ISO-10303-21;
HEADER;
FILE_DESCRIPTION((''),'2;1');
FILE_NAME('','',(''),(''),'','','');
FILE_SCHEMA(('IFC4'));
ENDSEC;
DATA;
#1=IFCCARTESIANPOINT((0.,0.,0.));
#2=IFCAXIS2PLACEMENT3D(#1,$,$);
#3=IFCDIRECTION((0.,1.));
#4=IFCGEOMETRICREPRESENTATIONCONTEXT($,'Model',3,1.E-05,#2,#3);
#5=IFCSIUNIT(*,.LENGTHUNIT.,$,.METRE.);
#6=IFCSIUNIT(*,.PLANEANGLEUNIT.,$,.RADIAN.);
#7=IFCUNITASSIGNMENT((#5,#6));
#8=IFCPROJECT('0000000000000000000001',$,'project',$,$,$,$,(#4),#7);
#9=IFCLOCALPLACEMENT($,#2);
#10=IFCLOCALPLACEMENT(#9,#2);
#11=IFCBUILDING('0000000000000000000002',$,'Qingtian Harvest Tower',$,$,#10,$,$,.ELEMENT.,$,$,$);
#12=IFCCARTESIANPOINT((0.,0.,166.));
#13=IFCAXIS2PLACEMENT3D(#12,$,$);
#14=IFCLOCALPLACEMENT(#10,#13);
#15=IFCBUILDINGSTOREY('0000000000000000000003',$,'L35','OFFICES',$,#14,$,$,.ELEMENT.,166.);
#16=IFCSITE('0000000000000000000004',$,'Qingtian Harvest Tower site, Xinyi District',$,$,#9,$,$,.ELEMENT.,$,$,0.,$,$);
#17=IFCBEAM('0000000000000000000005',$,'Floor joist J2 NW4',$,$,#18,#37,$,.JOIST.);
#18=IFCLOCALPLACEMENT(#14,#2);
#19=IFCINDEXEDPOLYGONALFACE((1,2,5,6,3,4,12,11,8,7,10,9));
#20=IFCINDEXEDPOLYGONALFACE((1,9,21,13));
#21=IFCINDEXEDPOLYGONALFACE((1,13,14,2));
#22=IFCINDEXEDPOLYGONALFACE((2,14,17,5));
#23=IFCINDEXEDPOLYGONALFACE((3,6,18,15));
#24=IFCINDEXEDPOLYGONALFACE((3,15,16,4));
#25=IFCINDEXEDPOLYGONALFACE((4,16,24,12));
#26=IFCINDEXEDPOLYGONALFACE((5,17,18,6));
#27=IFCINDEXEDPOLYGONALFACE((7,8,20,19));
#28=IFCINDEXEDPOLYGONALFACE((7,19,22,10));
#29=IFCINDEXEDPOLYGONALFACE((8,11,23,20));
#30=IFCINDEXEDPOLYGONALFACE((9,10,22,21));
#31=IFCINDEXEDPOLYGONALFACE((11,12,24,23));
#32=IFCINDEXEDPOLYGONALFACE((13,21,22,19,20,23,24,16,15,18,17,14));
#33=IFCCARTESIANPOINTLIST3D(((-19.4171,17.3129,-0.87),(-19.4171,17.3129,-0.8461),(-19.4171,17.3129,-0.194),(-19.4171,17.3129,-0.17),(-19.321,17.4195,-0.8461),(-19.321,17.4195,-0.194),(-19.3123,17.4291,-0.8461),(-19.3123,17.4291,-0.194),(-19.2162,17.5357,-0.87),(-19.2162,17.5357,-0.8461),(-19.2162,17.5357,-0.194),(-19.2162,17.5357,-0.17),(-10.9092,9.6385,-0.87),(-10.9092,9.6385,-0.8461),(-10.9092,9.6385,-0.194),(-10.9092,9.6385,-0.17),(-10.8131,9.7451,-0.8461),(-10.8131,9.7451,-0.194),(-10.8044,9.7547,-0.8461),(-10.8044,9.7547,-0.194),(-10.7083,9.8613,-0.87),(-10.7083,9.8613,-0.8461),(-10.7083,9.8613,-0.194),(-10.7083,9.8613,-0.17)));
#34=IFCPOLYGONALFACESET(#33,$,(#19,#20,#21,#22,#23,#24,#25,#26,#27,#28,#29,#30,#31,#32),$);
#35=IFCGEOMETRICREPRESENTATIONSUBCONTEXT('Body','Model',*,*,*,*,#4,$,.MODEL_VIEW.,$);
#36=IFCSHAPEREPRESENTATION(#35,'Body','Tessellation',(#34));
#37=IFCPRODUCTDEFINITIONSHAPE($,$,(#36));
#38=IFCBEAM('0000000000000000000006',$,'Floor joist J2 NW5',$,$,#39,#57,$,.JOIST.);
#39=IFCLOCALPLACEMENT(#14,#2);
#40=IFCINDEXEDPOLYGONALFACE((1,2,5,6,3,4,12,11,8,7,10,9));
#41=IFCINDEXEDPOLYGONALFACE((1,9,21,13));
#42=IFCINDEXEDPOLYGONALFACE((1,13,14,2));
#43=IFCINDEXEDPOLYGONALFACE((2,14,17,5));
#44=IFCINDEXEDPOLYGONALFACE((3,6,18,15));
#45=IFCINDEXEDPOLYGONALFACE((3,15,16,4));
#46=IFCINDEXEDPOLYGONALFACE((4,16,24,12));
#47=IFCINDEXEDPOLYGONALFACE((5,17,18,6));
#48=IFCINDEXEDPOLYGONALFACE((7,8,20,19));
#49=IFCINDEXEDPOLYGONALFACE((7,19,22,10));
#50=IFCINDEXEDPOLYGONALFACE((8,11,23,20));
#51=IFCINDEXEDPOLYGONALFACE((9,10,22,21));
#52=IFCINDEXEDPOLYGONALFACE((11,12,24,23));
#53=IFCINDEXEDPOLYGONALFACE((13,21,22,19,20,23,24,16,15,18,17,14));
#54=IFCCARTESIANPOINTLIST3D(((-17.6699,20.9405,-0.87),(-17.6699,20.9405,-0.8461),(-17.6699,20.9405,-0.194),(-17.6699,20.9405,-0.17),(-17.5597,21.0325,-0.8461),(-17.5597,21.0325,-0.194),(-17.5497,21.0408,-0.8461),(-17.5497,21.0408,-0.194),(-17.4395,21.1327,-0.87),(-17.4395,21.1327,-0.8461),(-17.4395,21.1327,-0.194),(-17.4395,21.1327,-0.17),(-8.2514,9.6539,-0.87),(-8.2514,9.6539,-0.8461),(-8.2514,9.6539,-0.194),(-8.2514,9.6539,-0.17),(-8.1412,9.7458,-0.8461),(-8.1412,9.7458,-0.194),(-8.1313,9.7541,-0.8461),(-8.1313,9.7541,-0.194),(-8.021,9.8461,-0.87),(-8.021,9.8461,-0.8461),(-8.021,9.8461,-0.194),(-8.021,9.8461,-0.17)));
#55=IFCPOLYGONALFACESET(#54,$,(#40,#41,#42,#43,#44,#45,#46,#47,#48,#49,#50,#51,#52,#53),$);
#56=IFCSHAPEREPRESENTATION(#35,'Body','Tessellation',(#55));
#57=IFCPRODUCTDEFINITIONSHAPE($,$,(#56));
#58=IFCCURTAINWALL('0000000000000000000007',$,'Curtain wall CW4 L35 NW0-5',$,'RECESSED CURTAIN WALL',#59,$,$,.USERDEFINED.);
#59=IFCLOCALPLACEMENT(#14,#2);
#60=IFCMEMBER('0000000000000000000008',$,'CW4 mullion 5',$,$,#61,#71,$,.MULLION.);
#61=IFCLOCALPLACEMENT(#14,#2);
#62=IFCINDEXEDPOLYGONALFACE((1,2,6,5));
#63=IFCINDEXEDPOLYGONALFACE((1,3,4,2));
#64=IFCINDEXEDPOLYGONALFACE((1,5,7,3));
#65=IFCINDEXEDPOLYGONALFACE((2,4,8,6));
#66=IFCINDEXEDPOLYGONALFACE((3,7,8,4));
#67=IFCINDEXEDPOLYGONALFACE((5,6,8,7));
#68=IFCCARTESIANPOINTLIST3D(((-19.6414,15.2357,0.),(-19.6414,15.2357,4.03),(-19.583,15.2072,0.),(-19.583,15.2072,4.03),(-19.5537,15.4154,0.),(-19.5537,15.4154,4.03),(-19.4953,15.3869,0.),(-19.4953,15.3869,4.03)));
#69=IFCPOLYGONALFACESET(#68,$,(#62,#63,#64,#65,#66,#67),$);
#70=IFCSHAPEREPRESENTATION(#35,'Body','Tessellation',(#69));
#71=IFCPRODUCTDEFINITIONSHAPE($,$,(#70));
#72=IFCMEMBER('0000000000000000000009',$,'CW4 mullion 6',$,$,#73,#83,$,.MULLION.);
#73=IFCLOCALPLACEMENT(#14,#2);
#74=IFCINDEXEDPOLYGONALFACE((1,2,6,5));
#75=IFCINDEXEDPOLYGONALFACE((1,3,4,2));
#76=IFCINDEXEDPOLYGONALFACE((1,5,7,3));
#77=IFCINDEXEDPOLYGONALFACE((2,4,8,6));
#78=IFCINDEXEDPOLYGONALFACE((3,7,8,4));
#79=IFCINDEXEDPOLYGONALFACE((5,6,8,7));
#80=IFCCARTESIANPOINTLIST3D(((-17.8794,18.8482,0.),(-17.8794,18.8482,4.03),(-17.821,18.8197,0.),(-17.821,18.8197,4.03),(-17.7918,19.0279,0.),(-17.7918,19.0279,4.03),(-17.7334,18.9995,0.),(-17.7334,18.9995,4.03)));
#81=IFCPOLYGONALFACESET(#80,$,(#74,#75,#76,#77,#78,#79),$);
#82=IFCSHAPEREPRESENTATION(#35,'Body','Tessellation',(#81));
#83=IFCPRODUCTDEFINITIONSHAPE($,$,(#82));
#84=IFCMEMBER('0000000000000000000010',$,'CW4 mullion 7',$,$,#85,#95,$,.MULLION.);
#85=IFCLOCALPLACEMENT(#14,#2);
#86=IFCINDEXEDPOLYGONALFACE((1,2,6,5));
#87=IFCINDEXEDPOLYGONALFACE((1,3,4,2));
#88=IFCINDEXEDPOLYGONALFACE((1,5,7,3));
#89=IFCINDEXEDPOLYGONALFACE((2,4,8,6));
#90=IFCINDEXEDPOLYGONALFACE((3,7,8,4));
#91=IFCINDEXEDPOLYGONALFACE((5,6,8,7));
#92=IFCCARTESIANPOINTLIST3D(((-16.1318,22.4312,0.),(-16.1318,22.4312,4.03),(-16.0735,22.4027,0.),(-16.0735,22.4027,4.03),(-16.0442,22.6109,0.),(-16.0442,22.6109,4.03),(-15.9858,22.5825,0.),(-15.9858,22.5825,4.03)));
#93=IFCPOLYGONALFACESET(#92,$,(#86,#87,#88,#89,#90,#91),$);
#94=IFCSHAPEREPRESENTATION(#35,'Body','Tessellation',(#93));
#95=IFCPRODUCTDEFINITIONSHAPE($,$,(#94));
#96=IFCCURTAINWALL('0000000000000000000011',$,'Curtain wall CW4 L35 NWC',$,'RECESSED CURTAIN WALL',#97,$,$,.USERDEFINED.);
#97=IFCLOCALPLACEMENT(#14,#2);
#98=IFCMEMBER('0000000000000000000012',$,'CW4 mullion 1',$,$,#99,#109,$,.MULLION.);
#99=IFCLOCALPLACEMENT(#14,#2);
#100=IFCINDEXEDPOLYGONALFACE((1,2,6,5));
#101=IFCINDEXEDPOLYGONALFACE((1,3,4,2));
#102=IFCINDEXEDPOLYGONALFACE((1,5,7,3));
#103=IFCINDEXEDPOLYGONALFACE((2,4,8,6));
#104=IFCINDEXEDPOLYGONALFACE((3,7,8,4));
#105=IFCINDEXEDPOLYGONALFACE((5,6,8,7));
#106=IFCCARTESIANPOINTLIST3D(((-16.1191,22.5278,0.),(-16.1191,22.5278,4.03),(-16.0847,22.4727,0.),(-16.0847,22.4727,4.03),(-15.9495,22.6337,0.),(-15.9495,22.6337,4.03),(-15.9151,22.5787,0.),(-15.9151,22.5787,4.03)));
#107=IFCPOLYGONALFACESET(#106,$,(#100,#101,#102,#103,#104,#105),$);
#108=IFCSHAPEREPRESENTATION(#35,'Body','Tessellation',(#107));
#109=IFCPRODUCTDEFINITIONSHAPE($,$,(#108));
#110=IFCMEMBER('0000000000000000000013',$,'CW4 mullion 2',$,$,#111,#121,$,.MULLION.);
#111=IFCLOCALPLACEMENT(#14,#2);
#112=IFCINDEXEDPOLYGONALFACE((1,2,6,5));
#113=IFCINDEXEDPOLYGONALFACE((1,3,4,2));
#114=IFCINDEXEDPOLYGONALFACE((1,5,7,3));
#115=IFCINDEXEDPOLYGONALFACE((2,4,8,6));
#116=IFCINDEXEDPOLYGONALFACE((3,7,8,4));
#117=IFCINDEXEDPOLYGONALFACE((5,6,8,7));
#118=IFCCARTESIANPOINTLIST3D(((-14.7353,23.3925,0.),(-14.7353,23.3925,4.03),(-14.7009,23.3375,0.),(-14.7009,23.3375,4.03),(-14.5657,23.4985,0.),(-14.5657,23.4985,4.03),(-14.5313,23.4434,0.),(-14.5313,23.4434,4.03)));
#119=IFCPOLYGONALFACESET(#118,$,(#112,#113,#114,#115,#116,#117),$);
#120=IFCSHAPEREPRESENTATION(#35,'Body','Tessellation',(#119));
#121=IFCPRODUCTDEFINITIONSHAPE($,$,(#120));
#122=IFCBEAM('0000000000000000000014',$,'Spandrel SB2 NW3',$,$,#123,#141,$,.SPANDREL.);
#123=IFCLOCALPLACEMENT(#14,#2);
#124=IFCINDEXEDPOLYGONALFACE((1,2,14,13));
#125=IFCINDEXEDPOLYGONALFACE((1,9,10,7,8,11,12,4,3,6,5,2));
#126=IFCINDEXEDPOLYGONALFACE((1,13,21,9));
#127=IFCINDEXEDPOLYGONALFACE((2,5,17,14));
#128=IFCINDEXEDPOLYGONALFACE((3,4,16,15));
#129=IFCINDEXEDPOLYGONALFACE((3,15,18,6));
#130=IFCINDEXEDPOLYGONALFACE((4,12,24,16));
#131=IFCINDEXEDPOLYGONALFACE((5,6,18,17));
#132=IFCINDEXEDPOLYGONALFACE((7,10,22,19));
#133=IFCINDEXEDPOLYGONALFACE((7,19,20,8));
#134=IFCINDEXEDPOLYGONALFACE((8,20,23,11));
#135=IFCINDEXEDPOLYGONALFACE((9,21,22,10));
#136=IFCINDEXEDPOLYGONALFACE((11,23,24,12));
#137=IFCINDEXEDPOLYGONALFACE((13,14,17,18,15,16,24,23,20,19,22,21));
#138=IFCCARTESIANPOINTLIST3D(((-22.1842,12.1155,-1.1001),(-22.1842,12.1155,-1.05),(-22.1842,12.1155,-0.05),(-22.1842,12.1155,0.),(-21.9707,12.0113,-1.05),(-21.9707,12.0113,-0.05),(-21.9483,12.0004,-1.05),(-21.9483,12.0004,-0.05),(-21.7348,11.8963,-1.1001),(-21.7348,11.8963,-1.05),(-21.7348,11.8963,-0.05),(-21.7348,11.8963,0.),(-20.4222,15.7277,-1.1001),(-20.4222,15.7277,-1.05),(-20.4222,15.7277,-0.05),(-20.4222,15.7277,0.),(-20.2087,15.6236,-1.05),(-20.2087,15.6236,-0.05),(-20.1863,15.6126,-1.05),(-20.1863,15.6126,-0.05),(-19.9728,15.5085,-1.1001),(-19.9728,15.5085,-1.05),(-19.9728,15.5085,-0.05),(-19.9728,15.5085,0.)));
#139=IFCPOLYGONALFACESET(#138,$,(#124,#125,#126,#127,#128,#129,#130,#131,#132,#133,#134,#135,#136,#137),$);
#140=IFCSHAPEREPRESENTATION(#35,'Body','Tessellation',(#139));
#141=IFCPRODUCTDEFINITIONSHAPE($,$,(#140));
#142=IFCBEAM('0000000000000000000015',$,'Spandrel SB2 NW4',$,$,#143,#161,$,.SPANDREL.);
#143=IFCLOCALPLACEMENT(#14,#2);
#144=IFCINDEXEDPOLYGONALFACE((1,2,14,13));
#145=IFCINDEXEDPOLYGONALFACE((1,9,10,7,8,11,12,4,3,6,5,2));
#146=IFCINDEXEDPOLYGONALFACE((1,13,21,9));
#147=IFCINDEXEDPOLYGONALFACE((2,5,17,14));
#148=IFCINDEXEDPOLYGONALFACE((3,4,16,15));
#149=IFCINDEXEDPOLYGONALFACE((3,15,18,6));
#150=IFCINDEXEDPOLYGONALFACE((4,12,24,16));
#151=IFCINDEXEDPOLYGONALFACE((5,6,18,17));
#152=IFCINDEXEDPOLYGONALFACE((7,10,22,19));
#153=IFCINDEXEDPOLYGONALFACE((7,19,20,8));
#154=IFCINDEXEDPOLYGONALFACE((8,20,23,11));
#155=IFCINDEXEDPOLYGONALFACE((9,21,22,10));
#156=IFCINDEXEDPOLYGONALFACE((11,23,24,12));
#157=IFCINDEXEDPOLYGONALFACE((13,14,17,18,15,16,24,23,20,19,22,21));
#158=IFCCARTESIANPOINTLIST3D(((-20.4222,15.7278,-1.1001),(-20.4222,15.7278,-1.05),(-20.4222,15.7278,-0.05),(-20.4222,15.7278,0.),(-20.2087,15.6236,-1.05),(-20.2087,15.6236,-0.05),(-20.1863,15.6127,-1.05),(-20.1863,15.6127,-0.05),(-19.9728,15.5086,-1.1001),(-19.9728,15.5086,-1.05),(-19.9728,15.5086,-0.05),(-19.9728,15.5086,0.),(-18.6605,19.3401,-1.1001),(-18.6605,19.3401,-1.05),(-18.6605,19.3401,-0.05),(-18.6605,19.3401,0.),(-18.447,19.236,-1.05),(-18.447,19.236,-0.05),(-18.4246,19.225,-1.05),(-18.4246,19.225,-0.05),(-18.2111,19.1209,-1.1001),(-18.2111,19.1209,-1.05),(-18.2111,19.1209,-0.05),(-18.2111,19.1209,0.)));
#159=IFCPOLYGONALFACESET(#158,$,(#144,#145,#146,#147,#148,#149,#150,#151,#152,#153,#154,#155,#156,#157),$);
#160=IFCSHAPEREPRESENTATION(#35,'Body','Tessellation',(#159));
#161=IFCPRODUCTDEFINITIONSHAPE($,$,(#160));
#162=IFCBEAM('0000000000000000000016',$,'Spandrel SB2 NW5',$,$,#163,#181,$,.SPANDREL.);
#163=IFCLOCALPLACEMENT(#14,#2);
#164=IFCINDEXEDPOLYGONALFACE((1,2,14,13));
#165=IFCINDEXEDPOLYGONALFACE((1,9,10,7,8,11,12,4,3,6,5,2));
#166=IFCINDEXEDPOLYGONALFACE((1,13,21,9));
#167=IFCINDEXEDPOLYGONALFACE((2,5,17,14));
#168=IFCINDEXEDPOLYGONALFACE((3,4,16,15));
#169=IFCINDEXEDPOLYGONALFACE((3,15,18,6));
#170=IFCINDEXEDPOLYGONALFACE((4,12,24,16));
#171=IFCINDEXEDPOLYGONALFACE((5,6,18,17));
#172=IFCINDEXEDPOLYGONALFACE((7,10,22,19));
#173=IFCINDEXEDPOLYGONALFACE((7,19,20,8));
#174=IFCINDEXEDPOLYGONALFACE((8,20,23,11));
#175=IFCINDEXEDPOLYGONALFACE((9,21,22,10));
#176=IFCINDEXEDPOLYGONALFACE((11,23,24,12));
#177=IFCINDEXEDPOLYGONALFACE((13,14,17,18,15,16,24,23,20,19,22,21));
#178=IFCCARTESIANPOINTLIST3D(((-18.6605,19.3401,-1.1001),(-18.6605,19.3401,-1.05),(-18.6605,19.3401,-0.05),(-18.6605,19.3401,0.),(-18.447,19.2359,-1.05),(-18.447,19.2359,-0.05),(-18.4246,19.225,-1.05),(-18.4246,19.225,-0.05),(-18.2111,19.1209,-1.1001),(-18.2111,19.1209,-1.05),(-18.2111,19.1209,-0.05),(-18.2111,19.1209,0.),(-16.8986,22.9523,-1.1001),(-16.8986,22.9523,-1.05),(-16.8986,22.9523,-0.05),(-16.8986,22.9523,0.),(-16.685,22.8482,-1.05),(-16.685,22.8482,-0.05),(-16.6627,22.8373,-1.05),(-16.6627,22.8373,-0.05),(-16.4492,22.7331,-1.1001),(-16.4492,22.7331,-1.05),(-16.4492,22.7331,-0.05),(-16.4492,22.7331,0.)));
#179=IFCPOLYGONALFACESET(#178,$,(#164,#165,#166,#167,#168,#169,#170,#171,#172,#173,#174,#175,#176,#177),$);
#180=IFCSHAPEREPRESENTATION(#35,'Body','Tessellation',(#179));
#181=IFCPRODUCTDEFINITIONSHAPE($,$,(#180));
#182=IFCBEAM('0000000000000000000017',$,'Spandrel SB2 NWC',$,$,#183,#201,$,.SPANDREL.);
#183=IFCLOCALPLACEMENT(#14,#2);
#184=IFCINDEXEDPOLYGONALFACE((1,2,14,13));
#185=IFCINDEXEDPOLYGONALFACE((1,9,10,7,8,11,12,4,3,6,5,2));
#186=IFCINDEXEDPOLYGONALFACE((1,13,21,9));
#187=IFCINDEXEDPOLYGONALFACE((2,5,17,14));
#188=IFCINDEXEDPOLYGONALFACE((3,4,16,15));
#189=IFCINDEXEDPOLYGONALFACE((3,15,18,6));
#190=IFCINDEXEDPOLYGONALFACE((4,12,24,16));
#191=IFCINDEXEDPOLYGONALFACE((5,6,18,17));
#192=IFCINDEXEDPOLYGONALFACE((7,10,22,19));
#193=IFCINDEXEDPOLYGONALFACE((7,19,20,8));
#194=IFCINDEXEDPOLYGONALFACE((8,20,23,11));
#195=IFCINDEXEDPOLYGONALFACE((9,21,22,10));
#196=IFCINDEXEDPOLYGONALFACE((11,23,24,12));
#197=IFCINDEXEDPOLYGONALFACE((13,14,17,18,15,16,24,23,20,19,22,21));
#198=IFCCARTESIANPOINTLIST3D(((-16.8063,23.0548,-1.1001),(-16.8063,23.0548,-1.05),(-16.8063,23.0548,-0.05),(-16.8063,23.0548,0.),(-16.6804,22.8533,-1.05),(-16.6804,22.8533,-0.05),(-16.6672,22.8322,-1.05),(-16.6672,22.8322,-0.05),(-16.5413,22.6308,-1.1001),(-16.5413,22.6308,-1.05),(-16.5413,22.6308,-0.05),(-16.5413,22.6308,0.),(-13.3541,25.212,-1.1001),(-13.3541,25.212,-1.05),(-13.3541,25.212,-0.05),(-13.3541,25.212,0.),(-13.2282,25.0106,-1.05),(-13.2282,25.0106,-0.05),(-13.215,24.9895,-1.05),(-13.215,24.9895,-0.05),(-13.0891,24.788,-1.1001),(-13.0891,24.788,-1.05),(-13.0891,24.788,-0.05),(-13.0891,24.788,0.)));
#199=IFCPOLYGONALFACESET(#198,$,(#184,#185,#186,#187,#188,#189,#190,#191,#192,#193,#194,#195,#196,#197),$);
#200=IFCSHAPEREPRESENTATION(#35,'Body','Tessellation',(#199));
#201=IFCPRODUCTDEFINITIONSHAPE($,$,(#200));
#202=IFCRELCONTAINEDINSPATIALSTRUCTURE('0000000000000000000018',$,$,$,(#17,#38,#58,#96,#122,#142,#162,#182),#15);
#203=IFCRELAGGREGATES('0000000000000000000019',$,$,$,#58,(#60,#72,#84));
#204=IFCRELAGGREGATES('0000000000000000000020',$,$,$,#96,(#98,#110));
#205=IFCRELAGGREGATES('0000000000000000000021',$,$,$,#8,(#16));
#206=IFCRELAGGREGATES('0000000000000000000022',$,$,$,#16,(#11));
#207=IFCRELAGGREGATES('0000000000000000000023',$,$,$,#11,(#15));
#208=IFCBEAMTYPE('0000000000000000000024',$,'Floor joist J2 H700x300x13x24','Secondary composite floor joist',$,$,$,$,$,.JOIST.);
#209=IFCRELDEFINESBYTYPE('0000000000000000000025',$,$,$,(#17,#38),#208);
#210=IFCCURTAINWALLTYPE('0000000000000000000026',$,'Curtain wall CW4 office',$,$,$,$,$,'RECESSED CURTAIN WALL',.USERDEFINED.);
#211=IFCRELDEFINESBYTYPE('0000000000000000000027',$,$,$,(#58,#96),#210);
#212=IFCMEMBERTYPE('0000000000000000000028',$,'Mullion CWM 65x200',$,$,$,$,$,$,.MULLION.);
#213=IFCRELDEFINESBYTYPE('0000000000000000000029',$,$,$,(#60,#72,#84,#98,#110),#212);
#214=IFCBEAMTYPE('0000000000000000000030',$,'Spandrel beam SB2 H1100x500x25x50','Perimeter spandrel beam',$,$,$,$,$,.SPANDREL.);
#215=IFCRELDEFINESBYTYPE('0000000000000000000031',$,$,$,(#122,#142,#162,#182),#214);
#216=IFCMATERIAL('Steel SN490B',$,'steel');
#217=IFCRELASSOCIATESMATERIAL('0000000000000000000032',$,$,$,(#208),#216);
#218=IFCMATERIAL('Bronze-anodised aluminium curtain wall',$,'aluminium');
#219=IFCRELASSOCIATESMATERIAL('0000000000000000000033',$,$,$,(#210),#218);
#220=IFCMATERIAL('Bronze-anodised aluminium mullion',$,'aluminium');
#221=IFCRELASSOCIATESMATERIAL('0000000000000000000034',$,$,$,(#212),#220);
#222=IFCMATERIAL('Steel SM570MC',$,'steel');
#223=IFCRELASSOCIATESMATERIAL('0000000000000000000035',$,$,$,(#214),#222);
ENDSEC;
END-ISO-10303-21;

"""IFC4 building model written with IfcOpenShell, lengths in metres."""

from ifc_helpers import new_model, si_unit, direction, frame, origin, origin_2d, place, context, subcontext, project, spatial, rectangle, i_section, extrude, material, material_profile, profile_set, type_object, element, aggregate, save


model = new_model("IFC4")

# Units and contexts
model_context = context("Model", 3, precision=1e-05, world=origin(), true_north=direction((0.0, 1.0)))
body_context = subcontext(model_context, "Body", "Model", "MODEL_VIEW")
ifc_project = project(units=[si_unit("LENGTHUNIT", "METRE"), si_unit("PLANEANGLEUNIT", "RADIAN")], contexts=[model_context])

# Site, building, storey
site_placement = place(None, origin())
site = spatial("IfcSite", under=ifc_project, at=site_placement, Name="Qingtian Harvest Tower site, Xinyi District", CompositionType="ELEMENT", RefElevation=0.0)
building_placement = place(site_placement, origin())
building = spatial("IfcBuilding", under=site, at=building_placement, Name="Qingtian Harvest Tower", CompositionType="ELEMENT")
storey_placement = place(building_placement, frame((0.0, 0.0, 166.0)))
storey = spatial("IfcBuildingStorey", under=building, at=storey_placement, Name="L35", Description="OFFICES", CompositionType="ELEMENT", Elevation=166.0)

# Beams
ifc_material_1 = material(Name="Steel SN490B", Category="steel")
ifc_material_profile_1 = material_profile(ifc_material_1, i_section(OverallWidth=0.3, OverallDepth=0.7, WebThickness=0.0129, FlangeThickness=0.0239, at=origin_2d()), Name="H700x300x13x24")
ifc_profile_set_1 = profile_set([ifc_material_profile_1], Name="Steel SN490B")
beam_type_1 = type_object("IfcBeamType", Name="Floor joist J2 H700x300x13x24", Description="Secondary composite floor joist", PredefinedType="JOIST", material=ifc_profile_set_1)
beam_1_placement = place(storey_placement, frame((-19.3167, 17.4243, -0.52), z_axis=(0.742544, -0.669798, 0.0), x_axis=(0.669798, 0.742544, 0.0)))
element("IfcBeam", 1, at=beam_1_placement, inside=storey, type_object=beam_type_1, Name="Floor joist J2 NW4", PredefinedType="JOIST", context=body_context, shape_type="SweptSolid", body=[
    extrude(i_section(OverallWidth=0.3, OverallDepth=0.7, WebThickness=0.0129, FlangeThickness=0.0239, at=origin_2d()), origin(), (0.0, 0.0, 1.0), 11.4578),
])
beam_2_placement = place(storey_placement, frame((-17.5547, 21.0366, -0.52), z_axis=(0.640704, -0.767788, 0.0), x_axis=(0.767788, 0.640704, 0.0)))
element("IfcBeam", 2, at=beam_2_placement, inside=storey, type_object=beam_type_1, Name="Floor joist J2 NW5", PredefinedType="JOIST", context=body_context, shape_type="SweptSolid", body=[
    extrude(i_section(OverallWidth=0.3, OverallDepth=0.7, WebThickness=0.0129, FlangeThickness=0.0239, at=origin_2d()), origin(), (0.0, 0.0, 1.0), 14.7002),
])

# Curtain walls, members
ifc_material_2 = material(Name="Bronze-anodised aluminium curtain wall", Category="aluminium")
curtain_wall_type = type_object("IfcCurtainWallType", Name="Curtain wall CW4 office", ElementType="RECESSED CURTAIN WALL", PredefinedType="USERDEFINED", material=ifc_material_2)
curtain_wall_1_placement = place(storey_placement, origin())
curtain_wall_1 = element("IfcCurtainWall", 3, at=curtain_wall_1_placement, inside=storey, type_object=curtain_wall_type, Name="Curtain wall CW4 L35 NW0-5", ObjectType="RECESSED CURTAIN WALL", PredefinedType="USERDEFINED")
ifc_material_3 = material(Name="Bronze-anodised aluminium mullion", Category="aluminium")
ifc_material_profile_2 = material_profile(ifc_material_3, rectangle(XDim=0.0649, YDim=0.2, at=origin_2d()), Name="AL 65x200")
ifc_profile_set_2 = profile_set([ifc_material_profile_2], Name="Bronze-anodised aluminium mullion")
member_type_1 = type_object("IfcMemberType", Name="Mullion CWM 65x200", PredefinedType="MULLION", material=ifc_profile_set_2)
member_1_placement = place(storey_placement, frame((-19.5684, 15.3113, 0.0), z_axis=(0.0, 0.0, 1.0), x_axis=(-0.898794, 0.438371, 0.0)))
member_1 = element("IfcMember", 4, at=member_1_placement, type_object=member_type_1, Name="CW4 mullion 5", PredefinedType="MULLION", context=body_context, shape_type="SweptSolid", body=[
    extrude(rectangle(XDim=0.0649, YDim=0.2, at=origin_2d()), origin(), (0.0, 0.0, 1.0), 4.03),
])
member_2_placement = place(storey_placement, frame((-17.8064, 18.9238, 0.0), z_axis=(0.0, 0.0, 1.0), x_axis=(-0.898794, 0.438371, 0.0)))
member_2 = element("IfcMember", 5, at=member_2_placement, type_object=member_type_1, Name="CW4 mullion 6", PredefinedType="MULLION", context=body_context, shape_type="SweptSolid", body=[
    extrude(rectangle(XDim=0.0649, YDim=0.2, at=origin_2d()), origin(), (0.0, 0.0, 1.0), 4.03),
])
member_3_placement = place(storey_placement, frame((-16.0588, 22.5068, 0.0), z_axis=(0.0, 0.0, 1.0), x_axis=(-0.898794, 0.438371, 0.0)))
member_3 = element("IfcMember", 6, at=member_3_placement, type_object=member_type_1, Name="CW4 mullion 7", PredefinedType="MULLION", context=body_context, shape_type="SweptSolid", body=[
    extrude(rectangle(XDim=0.0649, YDim=0.2, at=origin_2d()), origin(), (0.0, 0.0, 1.0), 4.03),
])
curtain_wall_2_placement = place(storey_placement, origin())
curtain_wall_2 = element("IfcCurtainWall", 7, at=curtain_wall_2_placement, inside=storey, type_object=curtain_wall_type, Name="Curtain wall CW4 L35 NWC", ObjectType="RECESSED CURTAIN WALL", PredefinedType="USERDEFINED")
member_4_placement = place(storey_placement, frame((-16.0171, 22.5532, 0.0), z_axis=(0.0, 0.0, 1.0), x_axis=(-0.529919, 0.848048, 0.0)))
member_4 = element("IfcMember", 8, at=member_4_placement, type_object=member_type_1, Name="CW4 mullion 1", PredefinedType="MULLION", context=body_context, shape_type="SweptSolid", body=[
    extrude(rectangle(XDim=0.0649, YDim=0.2, at=origin_2d()), origin(), (0.0, 0.0, 1.0), 4.03),
])
member_5_placement = place(storey_placement, frame((-14.6333, 23.418, 0.0), z_axis=(0.0, 0.0, 1.0), x_axis=(-0.529919, 0.848048, 0.0)))
member_5 = element("IfcMember", 9, at=member_5_placement, type_object=member_type_1, Name="CW4 mullion 2", PredefinedType="MULLION", context=body_context, shape_type="SweptSolid", body=[
    extrude(rectangle(XDim=0.0649, YDim=0.2, at=origin_2d()), origin(), (0.0, 0.0, 1.0), 4.03),
])

# Beams
ifc_material_4 = material(Name="Steel SM570MC", Category="steel")
ifc_material_profile_3 = material_profile(ifc_material_4, i_section(OverallWidth=0.5, OverallDepth=1.1001, WebThickness=0.0249, FlangeThickness=0.05, at=origin_2d()), Name="H1100x500x25x50")
ifc_profile_set_3 = profile_set([ifc_material_profile_3], Name="Steel SM570MC")
beam_type_2 = type_object("IfcBeamType", Name="Spandrel beam SB2 H1100x500x25x50", Description="Perimeter spandrel beam", PredefinedType="SPANDREL", material=ifc_profile_set_3)
for number, where, z_axis, x_axis, name in (
    (10, (-21.9595, 12.0059, -0.55), (0.438396, 0.898782, 0.0), (-0.898782, 0.438396, 0.0), "Spandrel SB2 NW3"),
    (11, (-20.1975, 15.6182, -0.55), (0.438347, 0.898806, 0.0), (-0.898806, 0.438347, 0.0), "Spandrel SB2 NW4"),
    (12, (-18.4358, 19.2305, -0.55), (0.438396, 0.898782, 0.0), (-0.898782, 0.438396, 0.0), "Spandrel SB2 NW5"),
):
    element("IfcBeam", number, at=place(storey_placement, frame(where, z_axis=z_axis, x_axis=x_axis)), inside=storey, type_object=beam_type_2, Name=name, PredefinedType="SPANDREL", context=body_context, shape_type="SweptSolid", body=[
        extrude(i_section(OverallWidth=0.5, OverallDepth=1.1001, WebThickness=0.0249, FlangeThickness=0.05, at=origin_2d()), origin(), (0.0, 0.0, 1.0), 4.019),
    ])
beam_3_placement = place(storey_placement, frame((-16.6738, 22.8428, -0.55), z_axis=(0.848039, 0.529934, 0.0), x_axis=(-0.529934, 0.848039, 0.0)))
element("IfcBeam", 13, at=beam_3_placement, inside=storey, type_object=beam_type_2, Name="Spandrel SB2 NWC", PredefinedType="SPANDREL", context=body_context, shape_type="SweptSolid", body=[
    extrude(i_section(OverallWidth=0.5, OverallDepth=1.1001, WebThickness=0.0249, FlangeThickness=0.05, at=origin_2d()), origin(), (0.0, 0.0, 1.0), 4.0708),
])

aggregate(curtain_wall_1, [member_1, member_2, member_3])
aggregate(curtain_wall_2, [member_4, member_5])

save(model, "model.ifc")
